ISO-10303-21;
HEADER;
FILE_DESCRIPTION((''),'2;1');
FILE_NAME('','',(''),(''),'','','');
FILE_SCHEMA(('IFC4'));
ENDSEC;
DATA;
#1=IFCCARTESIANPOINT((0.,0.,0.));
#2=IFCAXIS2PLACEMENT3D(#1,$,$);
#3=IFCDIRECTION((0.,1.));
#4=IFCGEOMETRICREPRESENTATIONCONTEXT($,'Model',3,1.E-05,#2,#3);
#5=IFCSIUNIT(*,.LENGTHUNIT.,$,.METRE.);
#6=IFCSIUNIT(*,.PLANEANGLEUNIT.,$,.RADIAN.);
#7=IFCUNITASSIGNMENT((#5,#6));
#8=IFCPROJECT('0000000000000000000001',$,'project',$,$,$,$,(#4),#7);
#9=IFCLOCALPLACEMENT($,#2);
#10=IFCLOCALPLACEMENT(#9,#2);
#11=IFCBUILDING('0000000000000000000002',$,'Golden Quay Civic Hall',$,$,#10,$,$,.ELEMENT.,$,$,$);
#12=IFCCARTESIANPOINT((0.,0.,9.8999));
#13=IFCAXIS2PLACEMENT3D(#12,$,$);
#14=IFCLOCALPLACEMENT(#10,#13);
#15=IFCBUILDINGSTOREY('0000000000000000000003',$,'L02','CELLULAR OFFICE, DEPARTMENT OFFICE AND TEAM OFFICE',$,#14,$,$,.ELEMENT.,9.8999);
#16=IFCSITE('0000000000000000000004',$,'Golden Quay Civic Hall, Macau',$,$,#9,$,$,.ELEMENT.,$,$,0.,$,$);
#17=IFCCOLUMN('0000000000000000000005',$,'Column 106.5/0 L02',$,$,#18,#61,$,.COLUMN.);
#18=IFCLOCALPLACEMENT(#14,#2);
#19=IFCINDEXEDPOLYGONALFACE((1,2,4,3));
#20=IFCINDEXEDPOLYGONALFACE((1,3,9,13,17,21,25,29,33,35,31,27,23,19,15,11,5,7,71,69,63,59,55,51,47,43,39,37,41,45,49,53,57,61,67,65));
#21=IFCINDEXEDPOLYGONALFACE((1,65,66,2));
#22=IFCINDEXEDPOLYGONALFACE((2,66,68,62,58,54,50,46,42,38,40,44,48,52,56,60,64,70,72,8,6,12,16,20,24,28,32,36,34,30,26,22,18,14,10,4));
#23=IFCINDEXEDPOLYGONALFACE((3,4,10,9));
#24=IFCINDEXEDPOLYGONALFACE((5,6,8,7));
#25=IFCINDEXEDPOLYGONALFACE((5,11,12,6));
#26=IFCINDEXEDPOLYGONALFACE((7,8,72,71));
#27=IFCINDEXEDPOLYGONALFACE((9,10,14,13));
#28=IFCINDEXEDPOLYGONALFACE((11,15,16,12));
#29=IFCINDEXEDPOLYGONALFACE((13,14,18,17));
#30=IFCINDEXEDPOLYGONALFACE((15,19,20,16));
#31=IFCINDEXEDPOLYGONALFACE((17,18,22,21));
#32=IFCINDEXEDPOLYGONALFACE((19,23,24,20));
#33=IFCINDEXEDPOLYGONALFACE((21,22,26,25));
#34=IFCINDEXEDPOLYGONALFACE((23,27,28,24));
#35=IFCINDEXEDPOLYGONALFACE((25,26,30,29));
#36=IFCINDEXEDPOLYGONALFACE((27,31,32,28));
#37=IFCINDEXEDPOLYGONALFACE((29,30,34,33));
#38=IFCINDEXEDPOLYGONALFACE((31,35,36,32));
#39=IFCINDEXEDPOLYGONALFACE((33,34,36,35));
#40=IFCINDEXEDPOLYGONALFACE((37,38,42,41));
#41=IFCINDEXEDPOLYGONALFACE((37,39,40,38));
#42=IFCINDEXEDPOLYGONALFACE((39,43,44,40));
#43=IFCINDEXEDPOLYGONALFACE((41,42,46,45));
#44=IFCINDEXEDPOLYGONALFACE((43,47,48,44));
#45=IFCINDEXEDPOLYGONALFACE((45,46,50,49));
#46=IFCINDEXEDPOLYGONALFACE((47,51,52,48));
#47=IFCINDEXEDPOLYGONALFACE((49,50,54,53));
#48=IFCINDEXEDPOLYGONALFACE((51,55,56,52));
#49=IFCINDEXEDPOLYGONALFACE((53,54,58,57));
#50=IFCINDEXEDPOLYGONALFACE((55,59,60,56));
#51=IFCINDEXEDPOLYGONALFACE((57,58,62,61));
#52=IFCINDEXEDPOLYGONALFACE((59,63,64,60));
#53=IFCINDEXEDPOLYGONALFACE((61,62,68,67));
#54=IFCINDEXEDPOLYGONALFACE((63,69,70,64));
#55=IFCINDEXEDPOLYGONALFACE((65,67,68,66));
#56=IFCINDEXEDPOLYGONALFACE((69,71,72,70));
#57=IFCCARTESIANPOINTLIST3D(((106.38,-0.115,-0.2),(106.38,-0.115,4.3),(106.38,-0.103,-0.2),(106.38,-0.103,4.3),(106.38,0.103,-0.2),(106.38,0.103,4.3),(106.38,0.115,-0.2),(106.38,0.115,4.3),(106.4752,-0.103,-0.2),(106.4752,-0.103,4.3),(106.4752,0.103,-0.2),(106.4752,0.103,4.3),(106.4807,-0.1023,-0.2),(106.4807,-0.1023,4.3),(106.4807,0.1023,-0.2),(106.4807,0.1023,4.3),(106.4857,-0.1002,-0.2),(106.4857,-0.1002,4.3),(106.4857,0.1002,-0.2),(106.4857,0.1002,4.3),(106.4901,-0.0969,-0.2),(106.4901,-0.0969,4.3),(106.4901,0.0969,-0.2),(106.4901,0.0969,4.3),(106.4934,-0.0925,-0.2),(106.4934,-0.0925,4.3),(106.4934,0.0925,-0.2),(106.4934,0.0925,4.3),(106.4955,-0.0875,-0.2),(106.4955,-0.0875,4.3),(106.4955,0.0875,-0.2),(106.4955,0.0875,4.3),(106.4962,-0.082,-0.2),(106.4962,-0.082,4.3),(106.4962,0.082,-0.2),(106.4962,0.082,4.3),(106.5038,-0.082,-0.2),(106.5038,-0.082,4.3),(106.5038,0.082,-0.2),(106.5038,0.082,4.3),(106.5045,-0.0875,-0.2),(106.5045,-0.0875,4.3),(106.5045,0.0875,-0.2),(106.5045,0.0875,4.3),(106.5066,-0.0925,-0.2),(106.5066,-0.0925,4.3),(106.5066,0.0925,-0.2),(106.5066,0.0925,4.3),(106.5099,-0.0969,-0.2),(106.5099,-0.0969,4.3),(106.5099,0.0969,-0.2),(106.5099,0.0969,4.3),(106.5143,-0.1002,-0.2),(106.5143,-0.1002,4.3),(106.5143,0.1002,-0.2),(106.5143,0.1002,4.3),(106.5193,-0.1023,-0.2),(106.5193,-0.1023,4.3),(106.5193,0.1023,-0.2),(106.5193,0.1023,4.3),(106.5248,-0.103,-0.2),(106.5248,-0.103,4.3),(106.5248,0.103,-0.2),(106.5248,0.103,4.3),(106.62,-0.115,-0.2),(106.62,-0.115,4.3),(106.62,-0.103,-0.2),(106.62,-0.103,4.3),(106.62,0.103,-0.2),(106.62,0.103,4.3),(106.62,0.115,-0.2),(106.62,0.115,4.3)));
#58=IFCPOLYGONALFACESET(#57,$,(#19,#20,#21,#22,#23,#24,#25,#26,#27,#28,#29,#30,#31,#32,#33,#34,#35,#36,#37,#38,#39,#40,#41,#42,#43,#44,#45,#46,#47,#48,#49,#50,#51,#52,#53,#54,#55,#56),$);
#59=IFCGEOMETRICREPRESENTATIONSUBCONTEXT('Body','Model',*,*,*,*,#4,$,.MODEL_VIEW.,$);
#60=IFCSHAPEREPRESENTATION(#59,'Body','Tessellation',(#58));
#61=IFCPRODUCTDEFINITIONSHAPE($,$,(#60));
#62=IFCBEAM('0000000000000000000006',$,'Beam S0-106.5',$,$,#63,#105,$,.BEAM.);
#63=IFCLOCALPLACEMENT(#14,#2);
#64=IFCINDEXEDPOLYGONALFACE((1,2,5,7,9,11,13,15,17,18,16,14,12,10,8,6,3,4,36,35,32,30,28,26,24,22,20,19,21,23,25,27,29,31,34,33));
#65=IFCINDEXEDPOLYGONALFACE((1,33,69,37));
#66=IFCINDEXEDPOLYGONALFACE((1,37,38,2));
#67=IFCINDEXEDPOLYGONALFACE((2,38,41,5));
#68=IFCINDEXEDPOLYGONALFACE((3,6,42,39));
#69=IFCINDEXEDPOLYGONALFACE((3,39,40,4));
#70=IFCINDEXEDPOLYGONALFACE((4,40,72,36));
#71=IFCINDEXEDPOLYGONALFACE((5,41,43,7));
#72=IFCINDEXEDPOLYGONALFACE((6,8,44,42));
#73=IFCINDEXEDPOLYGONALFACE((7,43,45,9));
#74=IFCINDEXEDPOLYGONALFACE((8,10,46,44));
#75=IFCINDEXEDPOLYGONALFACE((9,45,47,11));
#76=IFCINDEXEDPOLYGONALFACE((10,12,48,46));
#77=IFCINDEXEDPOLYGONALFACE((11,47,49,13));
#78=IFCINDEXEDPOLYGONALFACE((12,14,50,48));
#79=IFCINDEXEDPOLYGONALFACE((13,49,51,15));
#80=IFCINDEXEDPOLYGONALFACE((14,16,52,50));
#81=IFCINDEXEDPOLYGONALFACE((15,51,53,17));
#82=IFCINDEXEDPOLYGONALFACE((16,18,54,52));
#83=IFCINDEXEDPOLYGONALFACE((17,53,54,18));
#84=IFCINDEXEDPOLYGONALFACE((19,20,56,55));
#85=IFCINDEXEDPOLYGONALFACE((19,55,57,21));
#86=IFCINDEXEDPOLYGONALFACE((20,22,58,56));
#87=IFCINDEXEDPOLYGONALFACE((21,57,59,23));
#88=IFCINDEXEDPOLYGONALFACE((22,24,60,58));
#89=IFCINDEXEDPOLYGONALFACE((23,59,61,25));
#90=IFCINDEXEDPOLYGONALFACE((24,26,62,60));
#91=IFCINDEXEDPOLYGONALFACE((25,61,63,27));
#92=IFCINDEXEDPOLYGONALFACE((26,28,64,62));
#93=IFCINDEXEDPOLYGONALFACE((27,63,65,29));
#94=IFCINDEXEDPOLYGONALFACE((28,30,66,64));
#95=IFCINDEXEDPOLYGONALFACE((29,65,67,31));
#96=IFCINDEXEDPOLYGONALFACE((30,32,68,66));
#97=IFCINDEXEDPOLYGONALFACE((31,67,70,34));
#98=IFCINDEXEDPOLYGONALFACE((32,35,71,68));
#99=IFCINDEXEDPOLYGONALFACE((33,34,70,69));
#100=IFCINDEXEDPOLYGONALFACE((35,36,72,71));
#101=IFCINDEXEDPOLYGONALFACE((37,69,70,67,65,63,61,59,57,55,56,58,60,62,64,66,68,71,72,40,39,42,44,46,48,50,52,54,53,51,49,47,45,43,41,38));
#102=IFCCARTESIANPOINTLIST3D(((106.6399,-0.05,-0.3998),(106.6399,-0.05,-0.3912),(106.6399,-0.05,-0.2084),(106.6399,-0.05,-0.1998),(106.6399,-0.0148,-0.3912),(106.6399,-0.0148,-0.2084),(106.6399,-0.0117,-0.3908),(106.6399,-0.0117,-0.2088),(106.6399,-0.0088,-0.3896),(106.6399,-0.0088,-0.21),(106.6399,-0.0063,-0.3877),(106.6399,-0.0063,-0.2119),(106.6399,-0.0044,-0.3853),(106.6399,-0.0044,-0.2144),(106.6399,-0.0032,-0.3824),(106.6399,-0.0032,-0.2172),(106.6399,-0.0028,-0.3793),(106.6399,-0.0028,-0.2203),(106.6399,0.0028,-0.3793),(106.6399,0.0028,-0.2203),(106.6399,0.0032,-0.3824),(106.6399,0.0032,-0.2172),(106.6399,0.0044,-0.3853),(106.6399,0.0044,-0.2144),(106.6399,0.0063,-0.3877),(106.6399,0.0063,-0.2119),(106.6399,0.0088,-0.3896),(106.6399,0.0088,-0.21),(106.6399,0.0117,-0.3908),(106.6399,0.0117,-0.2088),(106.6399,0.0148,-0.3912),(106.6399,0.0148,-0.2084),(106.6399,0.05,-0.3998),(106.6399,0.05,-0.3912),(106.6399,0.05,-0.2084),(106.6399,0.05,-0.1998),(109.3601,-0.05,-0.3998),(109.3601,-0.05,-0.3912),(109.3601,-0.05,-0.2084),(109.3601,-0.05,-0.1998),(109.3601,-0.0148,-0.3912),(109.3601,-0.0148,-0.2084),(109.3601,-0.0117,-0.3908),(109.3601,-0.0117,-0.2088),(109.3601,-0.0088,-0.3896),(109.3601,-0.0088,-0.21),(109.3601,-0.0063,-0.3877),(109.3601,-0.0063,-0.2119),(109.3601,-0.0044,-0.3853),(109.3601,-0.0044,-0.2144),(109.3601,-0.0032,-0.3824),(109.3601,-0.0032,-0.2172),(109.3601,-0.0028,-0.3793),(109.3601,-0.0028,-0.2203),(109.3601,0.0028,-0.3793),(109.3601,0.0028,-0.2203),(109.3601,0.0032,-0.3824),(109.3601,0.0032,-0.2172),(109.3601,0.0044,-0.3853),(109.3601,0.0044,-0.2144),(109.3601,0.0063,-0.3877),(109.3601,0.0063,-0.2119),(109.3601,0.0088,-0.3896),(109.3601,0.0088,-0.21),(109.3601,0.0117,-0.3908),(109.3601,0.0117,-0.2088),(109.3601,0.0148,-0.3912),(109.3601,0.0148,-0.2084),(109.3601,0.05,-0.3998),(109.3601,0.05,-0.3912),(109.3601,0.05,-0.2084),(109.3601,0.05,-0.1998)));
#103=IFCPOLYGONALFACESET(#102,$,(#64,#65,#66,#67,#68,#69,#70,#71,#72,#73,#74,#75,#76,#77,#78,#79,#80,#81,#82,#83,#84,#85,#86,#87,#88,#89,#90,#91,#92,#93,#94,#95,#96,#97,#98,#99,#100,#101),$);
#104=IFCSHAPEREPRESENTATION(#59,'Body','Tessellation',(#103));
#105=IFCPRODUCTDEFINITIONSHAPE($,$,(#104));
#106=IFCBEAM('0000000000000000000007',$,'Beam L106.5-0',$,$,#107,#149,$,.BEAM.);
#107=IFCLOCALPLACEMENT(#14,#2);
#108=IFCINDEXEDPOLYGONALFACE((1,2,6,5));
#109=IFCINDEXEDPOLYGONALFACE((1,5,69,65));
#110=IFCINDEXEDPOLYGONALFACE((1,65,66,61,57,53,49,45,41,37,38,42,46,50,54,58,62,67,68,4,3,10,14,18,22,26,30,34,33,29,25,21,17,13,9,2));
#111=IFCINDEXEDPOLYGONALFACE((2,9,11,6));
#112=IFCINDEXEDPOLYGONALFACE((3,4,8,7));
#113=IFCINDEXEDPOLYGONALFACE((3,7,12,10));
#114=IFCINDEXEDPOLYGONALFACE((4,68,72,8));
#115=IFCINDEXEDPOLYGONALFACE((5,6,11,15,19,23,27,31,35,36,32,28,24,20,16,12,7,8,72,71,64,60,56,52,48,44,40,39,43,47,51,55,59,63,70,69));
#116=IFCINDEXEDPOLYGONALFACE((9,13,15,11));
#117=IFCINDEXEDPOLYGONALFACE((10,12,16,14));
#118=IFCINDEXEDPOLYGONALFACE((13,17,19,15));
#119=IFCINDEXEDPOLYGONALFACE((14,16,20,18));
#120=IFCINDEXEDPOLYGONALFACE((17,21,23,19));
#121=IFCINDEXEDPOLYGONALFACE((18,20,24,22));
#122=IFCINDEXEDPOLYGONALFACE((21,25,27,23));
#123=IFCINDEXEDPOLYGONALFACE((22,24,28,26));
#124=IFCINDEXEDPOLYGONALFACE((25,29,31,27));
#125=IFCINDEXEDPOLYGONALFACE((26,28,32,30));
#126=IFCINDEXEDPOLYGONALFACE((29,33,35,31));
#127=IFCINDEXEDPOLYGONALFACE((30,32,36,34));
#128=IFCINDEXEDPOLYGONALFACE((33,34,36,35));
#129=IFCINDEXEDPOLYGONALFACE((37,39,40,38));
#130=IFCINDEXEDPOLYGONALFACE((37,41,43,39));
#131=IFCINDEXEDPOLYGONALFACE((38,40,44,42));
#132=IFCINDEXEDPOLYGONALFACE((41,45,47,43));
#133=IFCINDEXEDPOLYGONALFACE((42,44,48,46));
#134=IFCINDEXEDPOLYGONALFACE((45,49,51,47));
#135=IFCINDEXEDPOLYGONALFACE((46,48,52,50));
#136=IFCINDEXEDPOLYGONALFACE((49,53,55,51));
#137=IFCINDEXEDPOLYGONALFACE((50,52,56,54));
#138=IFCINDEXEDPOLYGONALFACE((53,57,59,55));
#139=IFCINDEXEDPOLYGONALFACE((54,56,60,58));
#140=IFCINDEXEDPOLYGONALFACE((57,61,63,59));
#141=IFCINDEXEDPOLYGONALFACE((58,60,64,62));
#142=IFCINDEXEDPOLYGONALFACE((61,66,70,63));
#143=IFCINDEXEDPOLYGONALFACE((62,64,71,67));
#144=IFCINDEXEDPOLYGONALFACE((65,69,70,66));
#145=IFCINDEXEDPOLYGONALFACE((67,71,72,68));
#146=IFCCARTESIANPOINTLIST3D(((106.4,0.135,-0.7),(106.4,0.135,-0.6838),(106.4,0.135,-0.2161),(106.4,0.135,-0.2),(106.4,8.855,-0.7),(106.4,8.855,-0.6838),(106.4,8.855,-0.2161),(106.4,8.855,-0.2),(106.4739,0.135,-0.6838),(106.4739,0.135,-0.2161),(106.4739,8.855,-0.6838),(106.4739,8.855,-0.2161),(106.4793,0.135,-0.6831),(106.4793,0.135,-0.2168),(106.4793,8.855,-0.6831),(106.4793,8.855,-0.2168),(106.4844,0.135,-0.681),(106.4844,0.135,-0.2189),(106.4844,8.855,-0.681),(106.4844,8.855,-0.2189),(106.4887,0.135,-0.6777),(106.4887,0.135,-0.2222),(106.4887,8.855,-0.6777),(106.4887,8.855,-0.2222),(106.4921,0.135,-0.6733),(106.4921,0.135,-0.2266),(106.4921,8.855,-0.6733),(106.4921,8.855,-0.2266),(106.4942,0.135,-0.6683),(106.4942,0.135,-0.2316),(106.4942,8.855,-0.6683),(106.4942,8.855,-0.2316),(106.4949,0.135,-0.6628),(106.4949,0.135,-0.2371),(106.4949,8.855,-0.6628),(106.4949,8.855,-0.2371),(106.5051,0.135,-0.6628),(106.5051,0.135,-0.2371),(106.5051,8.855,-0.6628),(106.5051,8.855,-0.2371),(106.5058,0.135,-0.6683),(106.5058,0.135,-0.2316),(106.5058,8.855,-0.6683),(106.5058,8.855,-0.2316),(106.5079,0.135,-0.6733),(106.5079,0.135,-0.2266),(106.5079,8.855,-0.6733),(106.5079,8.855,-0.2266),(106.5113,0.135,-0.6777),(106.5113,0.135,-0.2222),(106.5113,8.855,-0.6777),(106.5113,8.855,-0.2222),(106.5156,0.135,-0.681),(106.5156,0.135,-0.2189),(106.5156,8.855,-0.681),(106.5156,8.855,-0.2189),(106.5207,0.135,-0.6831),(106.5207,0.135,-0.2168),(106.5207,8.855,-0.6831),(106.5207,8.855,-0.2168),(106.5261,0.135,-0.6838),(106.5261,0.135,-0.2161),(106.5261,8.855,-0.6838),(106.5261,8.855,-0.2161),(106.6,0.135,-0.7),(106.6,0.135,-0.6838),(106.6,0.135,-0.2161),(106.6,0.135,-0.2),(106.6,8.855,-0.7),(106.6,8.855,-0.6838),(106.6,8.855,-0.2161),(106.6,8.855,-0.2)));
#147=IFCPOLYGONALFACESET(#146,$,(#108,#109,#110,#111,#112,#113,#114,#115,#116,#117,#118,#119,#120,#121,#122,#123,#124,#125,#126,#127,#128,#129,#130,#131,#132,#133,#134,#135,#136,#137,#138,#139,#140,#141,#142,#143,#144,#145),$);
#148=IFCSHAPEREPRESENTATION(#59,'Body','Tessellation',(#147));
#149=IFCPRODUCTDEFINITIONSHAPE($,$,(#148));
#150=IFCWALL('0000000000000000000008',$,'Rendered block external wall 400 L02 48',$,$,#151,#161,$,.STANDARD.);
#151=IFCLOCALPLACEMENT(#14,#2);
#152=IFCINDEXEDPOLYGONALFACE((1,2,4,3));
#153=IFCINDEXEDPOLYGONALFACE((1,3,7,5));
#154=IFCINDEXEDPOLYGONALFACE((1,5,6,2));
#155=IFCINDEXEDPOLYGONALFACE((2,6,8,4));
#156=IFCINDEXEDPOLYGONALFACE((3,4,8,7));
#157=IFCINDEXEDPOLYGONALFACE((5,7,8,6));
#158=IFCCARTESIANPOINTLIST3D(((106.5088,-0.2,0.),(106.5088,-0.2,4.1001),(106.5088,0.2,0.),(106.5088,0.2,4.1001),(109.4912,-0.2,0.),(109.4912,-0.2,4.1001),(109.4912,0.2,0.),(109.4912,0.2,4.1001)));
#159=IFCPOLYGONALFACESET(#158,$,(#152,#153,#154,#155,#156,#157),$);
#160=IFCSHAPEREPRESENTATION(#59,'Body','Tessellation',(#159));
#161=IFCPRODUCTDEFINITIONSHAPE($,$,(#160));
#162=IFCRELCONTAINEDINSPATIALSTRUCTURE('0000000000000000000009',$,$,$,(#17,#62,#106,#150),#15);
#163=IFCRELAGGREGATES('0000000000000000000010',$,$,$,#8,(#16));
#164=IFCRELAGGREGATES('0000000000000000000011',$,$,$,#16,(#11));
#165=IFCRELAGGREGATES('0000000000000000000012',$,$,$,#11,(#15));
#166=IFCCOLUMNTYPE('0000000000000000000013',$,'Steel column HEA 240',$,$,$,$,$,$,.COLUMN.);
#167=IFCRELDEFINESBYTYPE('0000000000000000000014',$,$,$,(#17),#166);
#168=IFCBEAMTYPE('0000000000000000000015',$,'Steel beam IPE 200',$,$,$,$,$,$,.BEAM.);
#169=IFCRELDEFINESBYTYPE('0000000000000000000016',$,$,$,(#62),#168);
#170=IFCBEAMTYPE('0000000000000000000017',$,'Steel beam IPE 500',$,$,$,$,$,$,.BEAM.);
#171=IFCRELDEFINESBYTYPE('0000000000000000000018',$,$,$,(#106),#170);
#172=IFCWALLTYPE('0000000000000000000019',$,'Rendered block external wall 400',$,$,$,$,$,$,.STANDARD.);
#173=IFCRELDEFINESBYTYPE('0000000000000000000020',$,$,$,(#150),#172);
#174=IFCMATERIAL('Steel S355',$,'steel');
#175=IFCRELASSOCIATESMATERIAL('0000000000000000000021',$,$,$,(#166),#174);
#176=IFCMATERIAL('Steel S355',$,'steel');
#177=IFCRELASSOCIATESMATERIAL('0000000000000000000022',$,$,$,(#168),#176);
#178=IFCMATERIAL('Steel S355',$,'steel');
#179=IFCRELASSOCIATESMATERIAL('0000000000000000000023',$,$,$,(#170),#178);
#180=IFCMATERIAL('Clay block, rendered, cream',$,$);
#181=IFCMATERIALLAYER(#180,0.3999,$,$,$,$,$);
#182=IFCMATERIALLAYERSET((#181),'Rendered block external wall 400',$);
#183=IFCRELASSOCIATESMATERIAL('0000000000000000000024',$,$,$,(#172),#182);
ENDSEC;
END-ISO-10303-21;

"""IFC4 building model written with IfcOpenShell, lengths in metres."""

from ifc_helpers import new_model, si_unit, direction, frame, frame_2d, origin, origin_2d, place, context, subcontext, project, spatial, rectangle, i_section, extrude, material, layer, layer_set, material_profile, profile_set, type_object, element, save


model = new_model("IFC4")

# Units and contexts
model_context = context("Model", 3, precision=1e-05, world=origin(), true_north=direction((0.0, 1.0)))
body_context = subcontext(model_context, "Body", "Model", "MODEL_VIEW")
ifc_project = project(units=[si_unit("LENGTHUNIT", "METRE"), si_unit("PLANEANGLEUNIT", "RADIAN")], contexts=[model_context])

# Site, building, storey
site_placement = place(None, origin())
site = spatial("IfcSite", under=ifc_project, at=site_placement, Name="Golden Quay Civic Hall, Macau", CompositionType="ELEMENT", RefElevation=0.0)
building_placement = place(site_placement, origin())
building = spatial("IfcBuilding", under=site, at=building_placement, Name="Golden Quay Civic Hall", CompositionType="ELEMENT")
storey_placement = place(building_placement, frame((0.0, 0.0, 9.8999)))
storey = spatial("IfcBuildingStorey", under=building, at=storey_placement, Name="L02", Description="CELLULAR OFFICE, DEPARTMENT OFFICE AND TEAM OFFICE", CompositionType="ELEMENT", Elevation=9.8999)

# Column
ifc_material_1 = material(Name="Steel S355", Category="steel")
ifc_material_profile_1 = material_profile(ifc_material_1, i_section(OverallWidth=0.24, OverallDepth=0.23, WebThickness=0.0076, FlangeThickness=0.012, FilletRadius=0.021, at=origin_2d()), Name="HEA 240")
ifc_profile_set_1 = profile_set([ifc_material_profile_1], Name="Steel S355")
column_type = type_object("IfcColumnType", Name="Steel column HEA 240", PredefinedType="COLUMN", material=ifc_profile_set_1)
column_placement = place(storey_placement, frame((106.5, 0.0, -0.2), z_axis=(0.0, 0.0, 1.0), x_axis=(1.0, 0.0, 0.0)))
element("IfcColumn", 1, at=column_placement, inside=storey, type_object=column_type, Name="Column 106.5/0 L02", PredefinedType="COLUMN", context=body_context, shape_type="SweptSolid", body=[
    extrude(i_section(OverallWidth=0.24, OverallDepth=0.23, WebThickness=0.0076, FlangeThickness=0.012, FilletRadius=0.021, at=origin_2d()), origin(), (0.0, 0.0, 1.0), 4.5),
])

# Beams
ifc_material_2 = material(Name="Steel S355", Category="steel")
ifc_material_profile_2 = material_profile(ifc_material_2, i_section(OverallWidth=0.1001, OverallDepth=0.2, WebThickness=0.0056, FlangeThickness=0.0085, FilletRadius=0.012, at=origin_2d()), Name="IPE 200")
ifc_profile_set_2 = profile_set([ifc_material_profile_2], Name="Steel S355")
beam_type_1 = type_object("IfcBeamType", Name="Steel beam IPE 200", PredefinedType="BEAM", material=ifc_profile_set_2)
beam_1_placement = place(storey_placement, frame((106.6399, 0.0, -0.2998), z_axis=(1.0, 0.0, 0.0), x_axis=(0.0, 1.0, 0.0)))
element("IfcBeam", 2, at=beam_1_placement, inside=storey, type_object=beam_type_1, Name="Beam S0-106.5", PredefinedType="BEAM", context=body_context, shape_type="SweptSolid", body=[
    extrude(i_section(OverallWidth=0.1001, OverallDepth=0.2, WebThickness=0.0056, FlangeThickness=0.0085, FilletRadius=0.012, at=origin_2d()), origin(), (0.0, 0.0, 1.0), 2.7202),
])
ifc_material_3 = material(Name="Steel S355", Category="steel")
ifc_material_profile_3 = material_profile(ifc_material_3, i_section(OverallWidth=0.2, OverallDepth=0.5, WebThickness=0.0103, FlangeThickness=0.0161, FilletRadius=0.021, at=origin_2d()), Name="IPE 500")
ifc_profile_set_3 = profile_set([ifc_material_profile_3], Name="Steel S355")
beam_type_2 = type_object("IfcBeamType", Name="Steel beam IPE 500", PredefinedType="BEAM", material=ifc_profile_set_3)
beam_2_placement = place(storey_placement, frame((106.5, 0.135, -0.45), z_axis=(0.0, 1.0, 0.0), x_axis=(-1.0, 0.0, 0.0)))
element("IfcBeam", 3, at=beam_2_placement, inside=storey, type_object=beam_type_2, Name="Beam L106.5-0", PredefinedType="BEAM", context=body_context, shape_type="SweptSolid", body=[
    extrude(i_section(OverallWidth=0.2, OverallDepth=0.5, WebThickness=0.0103, FlangeThickness=0.0161, FilletRadius=0.021, at=origin_2d()), origin(), (0.0, 0.0, 1.0), 8.72),
])

# Wall
ifc_material_4 = material(Name="Clay block, rendered, cream")
ifc_layer_1 = layer(ifc_material_4, 0.3999)
ifc_layer_set_1 = layer_set([ifc_layer_1], Name="Rendered block external wall 400")
wall_type_1 = type_object("IfcWallType", Name="Rendered block external wall 400", PredefinedType="STANDARD", material=ifc_layer_set_1)
wall_1_placement = place(storey_placement, frame((109.4912, 0.0, 0.0), z_axis=(0.0, 0.0, 1.0), x_axis=(-1.0, 0.0, 0.0)))
element("IfcWall", 4, at=wall_1_placement, inside=storey, type_object=wall_type_1, Name="Rendered block external wall 400 L02 48", PredefinedType="STANDARD", context=body_context, shape_type="SweptSolid", body=[
    extrude(rectangle(XDim=2.9824, YDim=0.3999, at=frame_2d((1.4912, 0.0))), origin(), (0.0, 0.0, 1.0), 4.1001),
])

save(model, "model.ifc")
